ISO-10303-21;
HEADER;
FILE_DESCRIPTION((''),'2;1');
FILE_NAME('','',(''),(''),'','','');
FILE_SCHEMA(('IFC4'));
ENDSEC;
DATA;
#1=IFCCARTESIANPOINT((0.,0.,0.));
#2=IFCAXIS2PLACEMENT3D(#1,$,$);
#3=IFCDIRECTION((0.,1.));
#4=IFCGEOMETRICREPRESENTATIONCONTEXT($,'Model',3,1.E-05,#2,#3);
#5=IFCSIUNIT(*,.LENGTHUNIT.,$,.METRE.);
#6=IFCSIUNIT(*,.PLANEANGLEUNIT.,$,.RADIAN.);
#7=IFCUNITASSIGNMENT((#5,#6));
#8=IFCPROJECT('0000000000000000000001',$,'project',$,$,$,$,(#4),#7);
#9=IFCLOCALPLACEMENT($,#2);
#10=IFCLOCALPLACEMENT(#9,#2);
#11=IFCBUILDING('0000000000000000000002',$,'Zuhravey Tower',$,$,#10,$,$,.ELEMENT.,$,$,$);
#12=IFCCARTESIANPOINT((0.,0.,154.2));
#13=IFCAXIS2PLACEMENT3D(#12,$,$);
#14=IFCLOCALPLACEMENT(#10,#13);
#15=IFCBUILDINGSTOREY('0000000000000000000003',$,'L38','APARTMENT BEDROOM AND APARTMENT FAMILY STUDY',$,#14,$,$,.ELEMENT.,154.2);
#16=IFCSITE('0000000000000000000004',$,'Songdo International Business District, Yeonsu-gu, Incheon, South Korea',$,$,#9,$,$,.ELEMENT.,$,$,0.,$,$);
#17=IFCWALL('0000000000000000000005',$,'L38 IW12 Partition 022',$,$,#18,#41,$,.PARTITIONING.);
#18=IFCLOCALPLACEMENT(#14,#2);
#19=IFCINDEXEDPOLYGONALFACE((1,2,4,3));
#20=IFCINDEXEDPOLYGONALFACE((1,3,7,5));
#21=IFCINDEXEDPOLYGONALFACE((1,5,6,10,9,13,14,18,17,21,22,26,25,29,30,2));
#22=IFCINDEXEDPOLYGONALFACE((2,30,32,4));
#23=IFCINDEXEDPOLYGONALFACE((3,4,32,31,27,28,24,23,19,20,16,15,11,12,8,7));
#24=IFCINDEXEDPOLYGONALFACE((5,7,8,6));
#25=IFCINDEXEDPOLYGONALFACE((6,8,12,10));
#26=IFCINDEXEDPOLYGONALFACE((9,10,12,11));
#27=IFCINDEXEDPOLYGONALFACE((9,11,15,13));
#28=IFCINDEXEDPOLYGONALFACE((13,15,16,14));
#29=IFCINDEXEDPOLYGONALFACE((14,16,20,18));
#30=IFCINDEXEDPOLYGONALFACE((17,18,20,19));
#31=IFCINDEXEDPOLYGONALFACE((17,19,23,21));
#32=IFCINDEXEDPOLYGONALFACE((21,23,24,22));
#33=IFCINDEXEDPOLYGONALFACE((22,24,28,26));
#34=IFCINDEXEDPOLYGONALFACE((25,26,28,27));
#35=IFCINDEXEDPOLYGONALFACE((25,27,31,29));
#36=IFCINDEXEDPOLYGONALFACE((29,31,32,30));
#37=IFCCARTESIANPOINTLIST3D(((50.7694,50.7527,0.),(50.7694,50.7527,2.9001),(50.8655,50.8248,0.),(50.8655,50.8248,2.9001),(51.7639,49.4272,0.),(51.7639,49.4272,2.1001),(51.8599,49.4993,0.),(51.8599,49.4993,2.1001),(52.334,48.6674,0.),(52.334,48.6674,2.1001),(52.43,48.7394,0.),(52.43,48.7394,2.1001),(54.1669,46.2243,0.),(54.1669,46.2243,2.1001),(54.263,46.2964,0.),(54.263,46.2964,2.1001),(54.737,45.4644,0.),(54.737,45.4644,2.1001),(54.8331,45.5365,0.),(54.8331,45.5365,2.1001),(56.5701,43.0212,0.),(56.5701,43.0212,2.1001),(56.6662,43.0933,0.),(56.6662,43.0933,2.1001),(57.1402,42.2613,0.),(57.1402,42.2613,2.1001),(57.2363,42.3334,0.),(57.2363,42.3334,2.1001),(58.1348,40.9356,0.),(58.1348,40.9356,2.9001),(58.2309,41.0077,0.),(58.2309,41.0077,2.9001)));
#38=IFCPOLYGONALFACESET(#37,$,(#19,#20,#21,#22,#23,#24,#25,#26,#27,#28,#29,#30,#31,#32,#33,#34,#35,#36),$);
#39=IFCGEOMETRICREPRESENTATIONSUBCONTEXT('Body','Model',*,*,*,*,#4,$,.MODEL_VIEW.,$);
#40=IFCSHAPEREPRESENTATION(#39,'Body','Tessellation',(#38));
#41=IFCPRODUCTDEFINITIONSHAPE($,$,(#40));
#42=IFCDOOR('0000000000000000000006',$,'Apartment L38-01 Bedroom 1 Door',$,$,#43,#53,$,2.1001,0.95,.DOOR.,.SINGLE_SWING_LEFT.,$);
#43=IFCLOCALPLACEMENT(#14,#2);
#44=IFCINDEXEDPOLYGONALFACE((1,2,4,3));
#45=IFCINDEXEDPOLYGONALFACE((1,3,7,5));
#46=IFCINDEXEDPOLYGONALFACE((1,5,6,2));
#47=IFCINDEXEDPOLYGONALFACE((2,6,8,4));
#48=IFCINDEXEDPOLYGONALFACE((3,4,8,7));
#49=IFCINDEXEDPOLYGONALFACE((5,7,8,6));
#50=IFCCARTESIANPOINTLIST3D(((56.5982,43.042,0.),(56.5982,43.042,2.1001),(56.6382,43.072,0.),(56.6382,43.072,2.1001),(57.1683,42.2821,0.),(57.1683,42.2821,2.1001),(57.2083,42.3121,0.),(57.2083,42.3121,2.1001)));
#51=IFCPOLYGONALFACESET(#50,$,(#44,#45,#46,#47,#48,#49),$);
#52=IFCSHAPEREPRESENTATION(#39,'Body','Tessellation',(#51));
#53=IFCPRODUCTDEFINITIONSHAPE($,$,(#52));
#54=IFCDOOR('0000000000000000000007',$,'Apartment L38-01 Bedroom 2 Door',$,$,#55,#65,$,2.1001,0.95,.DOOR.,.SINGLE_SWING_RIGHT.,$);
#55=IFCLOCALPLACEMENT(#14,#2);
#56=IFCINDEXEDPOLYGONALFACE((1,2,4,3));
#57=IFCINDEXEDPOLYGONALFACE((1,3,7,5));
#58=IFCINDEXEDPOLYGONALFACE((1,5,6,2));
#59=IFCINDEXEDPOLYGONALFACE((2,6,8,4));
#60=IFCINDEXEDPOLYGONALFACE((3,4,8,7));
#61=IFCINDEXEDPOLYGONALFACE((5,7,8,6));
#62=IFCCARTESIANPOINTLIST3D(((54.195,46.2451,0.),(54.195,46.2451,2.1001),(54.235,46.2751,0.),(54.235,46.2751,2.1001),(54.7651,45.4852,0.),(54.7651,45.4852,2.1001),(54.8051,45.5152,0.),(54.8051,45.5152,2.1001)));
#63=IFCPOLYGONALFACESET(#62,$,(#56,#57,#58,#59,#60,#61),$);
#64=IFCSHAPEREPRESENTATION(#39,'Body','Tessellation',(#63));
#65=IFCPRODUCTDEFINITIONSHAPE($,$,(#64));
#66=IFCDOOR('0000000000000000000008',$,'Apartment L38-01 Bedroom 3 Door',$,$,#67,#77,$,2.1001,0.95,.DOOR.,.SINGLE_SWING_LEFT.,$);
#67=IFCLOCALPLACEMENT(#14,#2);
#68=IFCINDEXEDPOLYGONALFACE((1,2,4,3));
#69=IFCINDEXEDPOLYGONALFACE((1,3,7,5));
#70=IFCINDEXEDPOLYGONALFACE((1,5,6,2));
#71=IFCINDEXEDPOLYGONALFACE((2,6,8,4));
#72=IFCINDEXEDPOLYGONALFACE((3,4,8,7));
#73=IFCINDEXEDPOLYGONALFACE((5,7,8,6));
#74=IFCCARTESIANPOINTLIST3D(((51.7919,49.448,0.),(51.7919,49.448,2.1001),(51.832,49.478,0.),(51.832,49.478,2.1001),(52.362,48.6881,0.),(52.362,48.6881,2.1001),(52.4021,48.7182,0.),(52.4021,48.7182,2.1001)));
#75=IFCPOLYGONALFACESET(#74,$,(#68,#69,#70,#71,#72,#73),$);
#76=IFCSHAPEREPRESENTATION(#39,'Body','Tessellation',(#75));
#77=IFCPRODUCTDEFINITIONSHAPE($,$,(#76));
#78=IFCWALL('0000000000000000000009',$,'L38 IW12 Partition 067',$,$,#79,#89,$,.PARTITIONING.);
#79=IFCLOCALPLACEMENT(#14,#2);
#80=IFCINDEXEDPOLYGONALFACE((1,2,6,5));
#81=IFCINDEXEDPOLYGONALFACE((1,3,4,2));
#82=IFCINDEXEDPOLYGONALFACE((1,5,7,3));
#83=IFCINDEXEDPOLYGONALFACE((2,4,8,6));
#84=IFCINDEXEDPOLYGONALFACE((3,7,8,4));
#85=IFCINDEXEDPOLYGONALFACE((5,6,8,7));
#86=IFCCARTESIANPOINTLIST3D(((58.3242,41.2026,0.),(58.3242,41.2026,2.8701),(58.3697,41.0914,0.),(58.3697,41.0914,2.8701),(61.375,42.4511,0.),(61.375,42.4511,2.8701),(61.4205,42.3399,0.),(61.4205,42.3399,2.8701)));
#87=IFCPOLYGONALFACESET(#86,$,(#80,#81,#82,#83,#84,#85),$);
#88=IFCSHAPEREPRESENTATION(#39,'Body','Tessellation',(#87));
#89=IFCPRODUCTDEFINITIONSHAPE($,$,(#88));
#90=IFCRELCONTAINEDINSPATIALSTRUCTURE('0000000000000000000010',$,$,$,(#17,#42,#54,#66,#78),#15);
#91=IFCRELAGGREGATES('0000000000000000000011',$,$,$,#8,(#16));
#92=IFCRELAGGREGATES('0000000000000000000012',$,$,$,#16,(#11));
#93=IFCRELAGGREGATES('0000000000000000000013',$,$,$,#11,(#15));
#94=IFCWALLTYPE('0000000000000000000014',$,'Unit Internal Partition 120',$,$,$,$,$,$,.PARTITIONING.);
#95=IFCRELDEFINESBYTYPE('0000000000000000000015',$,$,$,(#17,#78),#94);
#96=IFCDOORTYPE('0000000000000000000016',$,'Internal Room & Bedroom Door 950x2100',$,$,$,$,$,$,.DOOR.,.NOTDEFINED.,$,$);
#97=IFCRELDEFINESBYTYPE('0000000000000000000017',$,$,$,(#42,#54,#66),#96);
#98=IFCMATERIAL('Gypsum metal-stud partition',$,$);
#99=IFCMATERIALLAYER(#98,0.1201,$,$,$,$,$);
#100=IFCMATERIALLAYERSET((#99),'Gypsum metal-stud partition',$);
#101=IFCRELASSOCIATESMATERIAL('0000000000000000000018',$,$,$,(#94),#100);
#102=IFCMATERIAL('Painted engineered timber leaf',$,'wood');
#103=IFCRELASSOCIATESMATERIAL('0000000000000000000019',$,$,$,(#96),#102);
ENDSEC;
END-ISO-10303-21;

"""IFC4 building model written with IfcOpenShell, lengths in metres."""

from ifc_helpers import new_model, si_unit, direction, frame, frame_2d, origin, place, context, subcontext, project, spatial, rectangle, extrude, material, layer, layer_set, type_object, element, fill, save


model = new_model("IFC4")

# Units and contexts
model_context = context("Model", 3, precision=1e-05, world=origin(), true_north=direction((0.0, 1.0)))
body_context = subcontext(model_context, "Body", "Model", "MODEL_VIEW")
ifc_project = project(units=[si_unit("LENGTHUNIT", "METRE"), si_unit("PLANEANGLEUNIT", "RADIAN")], contexts=[model_context])

# Site, building, storey
site_placement = place(None, origin())
site = spatial("IfcSite", under=ifc_project, at=site_placement, Name="Songdo International Business District, Yeonsu-gu, Incheon, South Korea", CompositionType="ELEMENT", RefElevation=0.0)
building_placement = place(site_placement, origin())
building = spatial("IfcBuilding", under=site, at=building_placement, Name="Zuhravey Tower", CompositionType="ELEMENT")
storey_placement = place(building_placement, frame((0.0, 0.0, 154.2)))
storey = spatial("IfcBuildingStorey", under=building, at=storey_placement, Name="L38", Description="APARTMENT BEDROOM AND APARTMENT FAMILY STUDY", CompositionType="ELEMENT", Elevation=154.2)

# Shared definitions
ifc_material_1 = material(Name="Gypsum metal-stud partition")
ifc_layer_1 = layer(ifc_material_1, 0.1201)
ifc_layer_set_1 = layer_set([ifc_layer_1], Name="Gypsum metal-stud partition")
wall_type_1 = type_object("IfcWallType", Name="Unit Internal Partition 120", PredefinedType="PARTITIONING", material=ifc_layer_set_1)
ifc_material_2 = material(Name="Painted engineered timber leaf", Category="wood")
door_type_1 = type_object("IfcDoorType", Name="Internal Room & Bedroom Door 950x2100", OperationType="NOTDEFINED", PredefinedType="DOOR", material=ifc_material_2)

# Wall, openings, doors
wall_1_placement = place(storey_placement, frame((58.1829, 40.9717, 0.0), z_axis=(0.0, 0.0, 1.0), x_axis=(-0.600137, 0.799897, 0.0)))
wall_1 = element("IfcWall", 1, at=wall_1_placement, inside=storey, type_object=wall_type_1, Name="L38 IW12 Partition 022", PredefinedType="PARTITIONING", context=body_context, shape_type="SweptSolid", body=[
    extrude(rectangle(XDim=12.2729, YDim=0.1201, at=frame_2d((6.1365, 0.0))), origin(), (0.0, 0.0, 1.0), 2.9001),
])
opening_1_placement = place(wall_1_placement, frame((1.6572, 0.0, 0.0)))
opening_1 = element("IfcOpeningElement", 2, at=opening_1_placement, cuts=wall_1, PredefinedType="OPENING", context=body_context, shape_type="SweptSolid", body=[
    extrude(rectangle(XDim=0.95, YDim=2.1001, at=frame_2d((0.4751, 1.05))), frame((0.0, 0.072, 0.0), z_axis=(0.0, -1.0, 0.0), x_axis=(1.0, 0.0, 0.0)), (0.0, 0.0, 1.0), 0.144),
])
opening_2_placement = place(wall_1_placement, frame((5.6616, 0.0, 0.0)))
opening_2 = element("IfcOpeningElement", 3, at=opening_2_placement, cuts=wall_1, PredefinedType="OPENING", context=body_context, shape_type="SweptSolid", body=[
    extrude(rectangle(XDim=0.95, YDim=2.1001, at=frame_2d((0.4751, 1.05))), frame((0.0, 0.072, 0.0), z_axis=(0.0, -1.0, 0.0), x_axis=(1.0, 0.0, 0.0)), (0.0, 0.0, 1.0), 0.144),
])
opening_3_placement = place(wall_1_placement, frame((9.6658, 0.0, 0.0)))
opening_3 = element("IfcOpeningElement", 4, at=opening_3_placement, cuts=wall_1, PredefinedType="OPENING", context=body_context, shape_type="SweptSolid", body=[
    extrude(rectangle(XDim=0.95, YDim=2.1001, at=frame_2d((0.4751, 1.05))), frame((0.0, 0.072, 0.0), z_axis=(0.0, -1.0, 0.0), x_axis=(1.0, 0.0, 0.0)), (0.0, 0.0, 1.0), 0.144),
])
door_1_placement = place(opening_1_placement, frame((0.95, 0.0, 0.0), z_axis=(0.0, 0.0, 1.0), x_axis=(-1.0, 0.0, 0.0)))
door_1 = element("IfcDoor", 5, at=door_1_placement, inside=storey, type_object=door_type_1, Name="Apartment L38-01 Bedroom 1 Door", OperationType="SINGLE_SWING_LEFT", OverallHeight=2.1001, OverallWidth=0.95, PredefinedType="DOOR", context=body_context, shape_type="SweptSolid", body=[
    extrude(rectangle(XDim=0.95, YDim=2.1001, at=frame_2d((0.4751, 1.05))), frame((0.0, 0.0249, 0.0), z_axis=(0.0, -1.0, 0.0), x_axis=(1.0, 0.0, 0.0)), (0.0, 0.0, 1.0), 0.05),
])
fill(opening_1, door_1)
door_2_placement = place(opening_2_placement, frame((0.95, 0.0, 0.0), z_axis=(0.0, 0.0, 1.0), x_axis=(-1.0, 0.0, 0.0)))
door_2 = element("IfcDoor", 6, at=door_2_placement, inside=storey, type_object=door_type_1, Name="Apartment L38-01 Bedroom 2 Door", OperationType="SINGLE_SWING_RIGHT", OverallHeight=2.1001, OverallWidth=0.95, PredefinedType="DOOR", context=body_context, shape_type="SweptSolid", body=[
    extrude(rectangle(XDim=0.95, YDim=2.1001, at=frame_2d((0.4751, 1.05))), frame((0.0, 0.0249, 0.0), z_axis=(0.0, -1.0, 0.0), x_axis=(1.0, 0.0, 0.0)), (0.0, 0.0, 1.0), 0.05),
])
fill(opening_2, door_2)
door_3_placement = place(opening_3_placement, frame((0.95, 0.0, 0.0), z_axis=(0.0, 0.0, 1.0), x_axis=(-1.0, 0.0, 0.0)))
door_3 = element("IfcDoor", 7, at=door_3_placement, inside=storey, type_object=door_type_1, Name="Apartment L38-01 Bedroom 3 Door", OperationType="SINGLE_SWING_LEFT", OverallHeight=2.1001, OverallWidth=0.95, PredefinedType="DOOR", context=body_context, shape_type="SweptSolid", body=[
    extrude(rectangle(XDim=0.95, YDim=2.1001, at=frame_2d((0.4751, 1.05))), frame((0.0, 0.0249, 0.0), z_axis=(0.0, -1.0, 0.0), x_axis=(1.0, 0.0, 0.0)), (0.0, 0.0, 1.0), 0.05),
])
fill(opening_3, door_3)

# Wall
wall_2_placement = place(storey_placement, frame((58.3469, 41.147, 0.0), z_axis=(0.0, 0.0, 1.0), x_axis=(0.925495, 0.37876, 0.0)))
element("IfcWall", 8, at=wall_2_placement, inside=storey, type_object=wall_type_1, Name="L38 IW12 Partition 067", PredefinedType="PARTITIONING", context=body_context, shape_type="SweptSolid", body=[
    extrude(rectangle(XDim=3.2964, YDim=0.1201, at=frame_2d((1.6482, 0.0))), origin(), (0.0, 0.0, 1.0), 2.8701),
])

save(model, "model.ifc")
